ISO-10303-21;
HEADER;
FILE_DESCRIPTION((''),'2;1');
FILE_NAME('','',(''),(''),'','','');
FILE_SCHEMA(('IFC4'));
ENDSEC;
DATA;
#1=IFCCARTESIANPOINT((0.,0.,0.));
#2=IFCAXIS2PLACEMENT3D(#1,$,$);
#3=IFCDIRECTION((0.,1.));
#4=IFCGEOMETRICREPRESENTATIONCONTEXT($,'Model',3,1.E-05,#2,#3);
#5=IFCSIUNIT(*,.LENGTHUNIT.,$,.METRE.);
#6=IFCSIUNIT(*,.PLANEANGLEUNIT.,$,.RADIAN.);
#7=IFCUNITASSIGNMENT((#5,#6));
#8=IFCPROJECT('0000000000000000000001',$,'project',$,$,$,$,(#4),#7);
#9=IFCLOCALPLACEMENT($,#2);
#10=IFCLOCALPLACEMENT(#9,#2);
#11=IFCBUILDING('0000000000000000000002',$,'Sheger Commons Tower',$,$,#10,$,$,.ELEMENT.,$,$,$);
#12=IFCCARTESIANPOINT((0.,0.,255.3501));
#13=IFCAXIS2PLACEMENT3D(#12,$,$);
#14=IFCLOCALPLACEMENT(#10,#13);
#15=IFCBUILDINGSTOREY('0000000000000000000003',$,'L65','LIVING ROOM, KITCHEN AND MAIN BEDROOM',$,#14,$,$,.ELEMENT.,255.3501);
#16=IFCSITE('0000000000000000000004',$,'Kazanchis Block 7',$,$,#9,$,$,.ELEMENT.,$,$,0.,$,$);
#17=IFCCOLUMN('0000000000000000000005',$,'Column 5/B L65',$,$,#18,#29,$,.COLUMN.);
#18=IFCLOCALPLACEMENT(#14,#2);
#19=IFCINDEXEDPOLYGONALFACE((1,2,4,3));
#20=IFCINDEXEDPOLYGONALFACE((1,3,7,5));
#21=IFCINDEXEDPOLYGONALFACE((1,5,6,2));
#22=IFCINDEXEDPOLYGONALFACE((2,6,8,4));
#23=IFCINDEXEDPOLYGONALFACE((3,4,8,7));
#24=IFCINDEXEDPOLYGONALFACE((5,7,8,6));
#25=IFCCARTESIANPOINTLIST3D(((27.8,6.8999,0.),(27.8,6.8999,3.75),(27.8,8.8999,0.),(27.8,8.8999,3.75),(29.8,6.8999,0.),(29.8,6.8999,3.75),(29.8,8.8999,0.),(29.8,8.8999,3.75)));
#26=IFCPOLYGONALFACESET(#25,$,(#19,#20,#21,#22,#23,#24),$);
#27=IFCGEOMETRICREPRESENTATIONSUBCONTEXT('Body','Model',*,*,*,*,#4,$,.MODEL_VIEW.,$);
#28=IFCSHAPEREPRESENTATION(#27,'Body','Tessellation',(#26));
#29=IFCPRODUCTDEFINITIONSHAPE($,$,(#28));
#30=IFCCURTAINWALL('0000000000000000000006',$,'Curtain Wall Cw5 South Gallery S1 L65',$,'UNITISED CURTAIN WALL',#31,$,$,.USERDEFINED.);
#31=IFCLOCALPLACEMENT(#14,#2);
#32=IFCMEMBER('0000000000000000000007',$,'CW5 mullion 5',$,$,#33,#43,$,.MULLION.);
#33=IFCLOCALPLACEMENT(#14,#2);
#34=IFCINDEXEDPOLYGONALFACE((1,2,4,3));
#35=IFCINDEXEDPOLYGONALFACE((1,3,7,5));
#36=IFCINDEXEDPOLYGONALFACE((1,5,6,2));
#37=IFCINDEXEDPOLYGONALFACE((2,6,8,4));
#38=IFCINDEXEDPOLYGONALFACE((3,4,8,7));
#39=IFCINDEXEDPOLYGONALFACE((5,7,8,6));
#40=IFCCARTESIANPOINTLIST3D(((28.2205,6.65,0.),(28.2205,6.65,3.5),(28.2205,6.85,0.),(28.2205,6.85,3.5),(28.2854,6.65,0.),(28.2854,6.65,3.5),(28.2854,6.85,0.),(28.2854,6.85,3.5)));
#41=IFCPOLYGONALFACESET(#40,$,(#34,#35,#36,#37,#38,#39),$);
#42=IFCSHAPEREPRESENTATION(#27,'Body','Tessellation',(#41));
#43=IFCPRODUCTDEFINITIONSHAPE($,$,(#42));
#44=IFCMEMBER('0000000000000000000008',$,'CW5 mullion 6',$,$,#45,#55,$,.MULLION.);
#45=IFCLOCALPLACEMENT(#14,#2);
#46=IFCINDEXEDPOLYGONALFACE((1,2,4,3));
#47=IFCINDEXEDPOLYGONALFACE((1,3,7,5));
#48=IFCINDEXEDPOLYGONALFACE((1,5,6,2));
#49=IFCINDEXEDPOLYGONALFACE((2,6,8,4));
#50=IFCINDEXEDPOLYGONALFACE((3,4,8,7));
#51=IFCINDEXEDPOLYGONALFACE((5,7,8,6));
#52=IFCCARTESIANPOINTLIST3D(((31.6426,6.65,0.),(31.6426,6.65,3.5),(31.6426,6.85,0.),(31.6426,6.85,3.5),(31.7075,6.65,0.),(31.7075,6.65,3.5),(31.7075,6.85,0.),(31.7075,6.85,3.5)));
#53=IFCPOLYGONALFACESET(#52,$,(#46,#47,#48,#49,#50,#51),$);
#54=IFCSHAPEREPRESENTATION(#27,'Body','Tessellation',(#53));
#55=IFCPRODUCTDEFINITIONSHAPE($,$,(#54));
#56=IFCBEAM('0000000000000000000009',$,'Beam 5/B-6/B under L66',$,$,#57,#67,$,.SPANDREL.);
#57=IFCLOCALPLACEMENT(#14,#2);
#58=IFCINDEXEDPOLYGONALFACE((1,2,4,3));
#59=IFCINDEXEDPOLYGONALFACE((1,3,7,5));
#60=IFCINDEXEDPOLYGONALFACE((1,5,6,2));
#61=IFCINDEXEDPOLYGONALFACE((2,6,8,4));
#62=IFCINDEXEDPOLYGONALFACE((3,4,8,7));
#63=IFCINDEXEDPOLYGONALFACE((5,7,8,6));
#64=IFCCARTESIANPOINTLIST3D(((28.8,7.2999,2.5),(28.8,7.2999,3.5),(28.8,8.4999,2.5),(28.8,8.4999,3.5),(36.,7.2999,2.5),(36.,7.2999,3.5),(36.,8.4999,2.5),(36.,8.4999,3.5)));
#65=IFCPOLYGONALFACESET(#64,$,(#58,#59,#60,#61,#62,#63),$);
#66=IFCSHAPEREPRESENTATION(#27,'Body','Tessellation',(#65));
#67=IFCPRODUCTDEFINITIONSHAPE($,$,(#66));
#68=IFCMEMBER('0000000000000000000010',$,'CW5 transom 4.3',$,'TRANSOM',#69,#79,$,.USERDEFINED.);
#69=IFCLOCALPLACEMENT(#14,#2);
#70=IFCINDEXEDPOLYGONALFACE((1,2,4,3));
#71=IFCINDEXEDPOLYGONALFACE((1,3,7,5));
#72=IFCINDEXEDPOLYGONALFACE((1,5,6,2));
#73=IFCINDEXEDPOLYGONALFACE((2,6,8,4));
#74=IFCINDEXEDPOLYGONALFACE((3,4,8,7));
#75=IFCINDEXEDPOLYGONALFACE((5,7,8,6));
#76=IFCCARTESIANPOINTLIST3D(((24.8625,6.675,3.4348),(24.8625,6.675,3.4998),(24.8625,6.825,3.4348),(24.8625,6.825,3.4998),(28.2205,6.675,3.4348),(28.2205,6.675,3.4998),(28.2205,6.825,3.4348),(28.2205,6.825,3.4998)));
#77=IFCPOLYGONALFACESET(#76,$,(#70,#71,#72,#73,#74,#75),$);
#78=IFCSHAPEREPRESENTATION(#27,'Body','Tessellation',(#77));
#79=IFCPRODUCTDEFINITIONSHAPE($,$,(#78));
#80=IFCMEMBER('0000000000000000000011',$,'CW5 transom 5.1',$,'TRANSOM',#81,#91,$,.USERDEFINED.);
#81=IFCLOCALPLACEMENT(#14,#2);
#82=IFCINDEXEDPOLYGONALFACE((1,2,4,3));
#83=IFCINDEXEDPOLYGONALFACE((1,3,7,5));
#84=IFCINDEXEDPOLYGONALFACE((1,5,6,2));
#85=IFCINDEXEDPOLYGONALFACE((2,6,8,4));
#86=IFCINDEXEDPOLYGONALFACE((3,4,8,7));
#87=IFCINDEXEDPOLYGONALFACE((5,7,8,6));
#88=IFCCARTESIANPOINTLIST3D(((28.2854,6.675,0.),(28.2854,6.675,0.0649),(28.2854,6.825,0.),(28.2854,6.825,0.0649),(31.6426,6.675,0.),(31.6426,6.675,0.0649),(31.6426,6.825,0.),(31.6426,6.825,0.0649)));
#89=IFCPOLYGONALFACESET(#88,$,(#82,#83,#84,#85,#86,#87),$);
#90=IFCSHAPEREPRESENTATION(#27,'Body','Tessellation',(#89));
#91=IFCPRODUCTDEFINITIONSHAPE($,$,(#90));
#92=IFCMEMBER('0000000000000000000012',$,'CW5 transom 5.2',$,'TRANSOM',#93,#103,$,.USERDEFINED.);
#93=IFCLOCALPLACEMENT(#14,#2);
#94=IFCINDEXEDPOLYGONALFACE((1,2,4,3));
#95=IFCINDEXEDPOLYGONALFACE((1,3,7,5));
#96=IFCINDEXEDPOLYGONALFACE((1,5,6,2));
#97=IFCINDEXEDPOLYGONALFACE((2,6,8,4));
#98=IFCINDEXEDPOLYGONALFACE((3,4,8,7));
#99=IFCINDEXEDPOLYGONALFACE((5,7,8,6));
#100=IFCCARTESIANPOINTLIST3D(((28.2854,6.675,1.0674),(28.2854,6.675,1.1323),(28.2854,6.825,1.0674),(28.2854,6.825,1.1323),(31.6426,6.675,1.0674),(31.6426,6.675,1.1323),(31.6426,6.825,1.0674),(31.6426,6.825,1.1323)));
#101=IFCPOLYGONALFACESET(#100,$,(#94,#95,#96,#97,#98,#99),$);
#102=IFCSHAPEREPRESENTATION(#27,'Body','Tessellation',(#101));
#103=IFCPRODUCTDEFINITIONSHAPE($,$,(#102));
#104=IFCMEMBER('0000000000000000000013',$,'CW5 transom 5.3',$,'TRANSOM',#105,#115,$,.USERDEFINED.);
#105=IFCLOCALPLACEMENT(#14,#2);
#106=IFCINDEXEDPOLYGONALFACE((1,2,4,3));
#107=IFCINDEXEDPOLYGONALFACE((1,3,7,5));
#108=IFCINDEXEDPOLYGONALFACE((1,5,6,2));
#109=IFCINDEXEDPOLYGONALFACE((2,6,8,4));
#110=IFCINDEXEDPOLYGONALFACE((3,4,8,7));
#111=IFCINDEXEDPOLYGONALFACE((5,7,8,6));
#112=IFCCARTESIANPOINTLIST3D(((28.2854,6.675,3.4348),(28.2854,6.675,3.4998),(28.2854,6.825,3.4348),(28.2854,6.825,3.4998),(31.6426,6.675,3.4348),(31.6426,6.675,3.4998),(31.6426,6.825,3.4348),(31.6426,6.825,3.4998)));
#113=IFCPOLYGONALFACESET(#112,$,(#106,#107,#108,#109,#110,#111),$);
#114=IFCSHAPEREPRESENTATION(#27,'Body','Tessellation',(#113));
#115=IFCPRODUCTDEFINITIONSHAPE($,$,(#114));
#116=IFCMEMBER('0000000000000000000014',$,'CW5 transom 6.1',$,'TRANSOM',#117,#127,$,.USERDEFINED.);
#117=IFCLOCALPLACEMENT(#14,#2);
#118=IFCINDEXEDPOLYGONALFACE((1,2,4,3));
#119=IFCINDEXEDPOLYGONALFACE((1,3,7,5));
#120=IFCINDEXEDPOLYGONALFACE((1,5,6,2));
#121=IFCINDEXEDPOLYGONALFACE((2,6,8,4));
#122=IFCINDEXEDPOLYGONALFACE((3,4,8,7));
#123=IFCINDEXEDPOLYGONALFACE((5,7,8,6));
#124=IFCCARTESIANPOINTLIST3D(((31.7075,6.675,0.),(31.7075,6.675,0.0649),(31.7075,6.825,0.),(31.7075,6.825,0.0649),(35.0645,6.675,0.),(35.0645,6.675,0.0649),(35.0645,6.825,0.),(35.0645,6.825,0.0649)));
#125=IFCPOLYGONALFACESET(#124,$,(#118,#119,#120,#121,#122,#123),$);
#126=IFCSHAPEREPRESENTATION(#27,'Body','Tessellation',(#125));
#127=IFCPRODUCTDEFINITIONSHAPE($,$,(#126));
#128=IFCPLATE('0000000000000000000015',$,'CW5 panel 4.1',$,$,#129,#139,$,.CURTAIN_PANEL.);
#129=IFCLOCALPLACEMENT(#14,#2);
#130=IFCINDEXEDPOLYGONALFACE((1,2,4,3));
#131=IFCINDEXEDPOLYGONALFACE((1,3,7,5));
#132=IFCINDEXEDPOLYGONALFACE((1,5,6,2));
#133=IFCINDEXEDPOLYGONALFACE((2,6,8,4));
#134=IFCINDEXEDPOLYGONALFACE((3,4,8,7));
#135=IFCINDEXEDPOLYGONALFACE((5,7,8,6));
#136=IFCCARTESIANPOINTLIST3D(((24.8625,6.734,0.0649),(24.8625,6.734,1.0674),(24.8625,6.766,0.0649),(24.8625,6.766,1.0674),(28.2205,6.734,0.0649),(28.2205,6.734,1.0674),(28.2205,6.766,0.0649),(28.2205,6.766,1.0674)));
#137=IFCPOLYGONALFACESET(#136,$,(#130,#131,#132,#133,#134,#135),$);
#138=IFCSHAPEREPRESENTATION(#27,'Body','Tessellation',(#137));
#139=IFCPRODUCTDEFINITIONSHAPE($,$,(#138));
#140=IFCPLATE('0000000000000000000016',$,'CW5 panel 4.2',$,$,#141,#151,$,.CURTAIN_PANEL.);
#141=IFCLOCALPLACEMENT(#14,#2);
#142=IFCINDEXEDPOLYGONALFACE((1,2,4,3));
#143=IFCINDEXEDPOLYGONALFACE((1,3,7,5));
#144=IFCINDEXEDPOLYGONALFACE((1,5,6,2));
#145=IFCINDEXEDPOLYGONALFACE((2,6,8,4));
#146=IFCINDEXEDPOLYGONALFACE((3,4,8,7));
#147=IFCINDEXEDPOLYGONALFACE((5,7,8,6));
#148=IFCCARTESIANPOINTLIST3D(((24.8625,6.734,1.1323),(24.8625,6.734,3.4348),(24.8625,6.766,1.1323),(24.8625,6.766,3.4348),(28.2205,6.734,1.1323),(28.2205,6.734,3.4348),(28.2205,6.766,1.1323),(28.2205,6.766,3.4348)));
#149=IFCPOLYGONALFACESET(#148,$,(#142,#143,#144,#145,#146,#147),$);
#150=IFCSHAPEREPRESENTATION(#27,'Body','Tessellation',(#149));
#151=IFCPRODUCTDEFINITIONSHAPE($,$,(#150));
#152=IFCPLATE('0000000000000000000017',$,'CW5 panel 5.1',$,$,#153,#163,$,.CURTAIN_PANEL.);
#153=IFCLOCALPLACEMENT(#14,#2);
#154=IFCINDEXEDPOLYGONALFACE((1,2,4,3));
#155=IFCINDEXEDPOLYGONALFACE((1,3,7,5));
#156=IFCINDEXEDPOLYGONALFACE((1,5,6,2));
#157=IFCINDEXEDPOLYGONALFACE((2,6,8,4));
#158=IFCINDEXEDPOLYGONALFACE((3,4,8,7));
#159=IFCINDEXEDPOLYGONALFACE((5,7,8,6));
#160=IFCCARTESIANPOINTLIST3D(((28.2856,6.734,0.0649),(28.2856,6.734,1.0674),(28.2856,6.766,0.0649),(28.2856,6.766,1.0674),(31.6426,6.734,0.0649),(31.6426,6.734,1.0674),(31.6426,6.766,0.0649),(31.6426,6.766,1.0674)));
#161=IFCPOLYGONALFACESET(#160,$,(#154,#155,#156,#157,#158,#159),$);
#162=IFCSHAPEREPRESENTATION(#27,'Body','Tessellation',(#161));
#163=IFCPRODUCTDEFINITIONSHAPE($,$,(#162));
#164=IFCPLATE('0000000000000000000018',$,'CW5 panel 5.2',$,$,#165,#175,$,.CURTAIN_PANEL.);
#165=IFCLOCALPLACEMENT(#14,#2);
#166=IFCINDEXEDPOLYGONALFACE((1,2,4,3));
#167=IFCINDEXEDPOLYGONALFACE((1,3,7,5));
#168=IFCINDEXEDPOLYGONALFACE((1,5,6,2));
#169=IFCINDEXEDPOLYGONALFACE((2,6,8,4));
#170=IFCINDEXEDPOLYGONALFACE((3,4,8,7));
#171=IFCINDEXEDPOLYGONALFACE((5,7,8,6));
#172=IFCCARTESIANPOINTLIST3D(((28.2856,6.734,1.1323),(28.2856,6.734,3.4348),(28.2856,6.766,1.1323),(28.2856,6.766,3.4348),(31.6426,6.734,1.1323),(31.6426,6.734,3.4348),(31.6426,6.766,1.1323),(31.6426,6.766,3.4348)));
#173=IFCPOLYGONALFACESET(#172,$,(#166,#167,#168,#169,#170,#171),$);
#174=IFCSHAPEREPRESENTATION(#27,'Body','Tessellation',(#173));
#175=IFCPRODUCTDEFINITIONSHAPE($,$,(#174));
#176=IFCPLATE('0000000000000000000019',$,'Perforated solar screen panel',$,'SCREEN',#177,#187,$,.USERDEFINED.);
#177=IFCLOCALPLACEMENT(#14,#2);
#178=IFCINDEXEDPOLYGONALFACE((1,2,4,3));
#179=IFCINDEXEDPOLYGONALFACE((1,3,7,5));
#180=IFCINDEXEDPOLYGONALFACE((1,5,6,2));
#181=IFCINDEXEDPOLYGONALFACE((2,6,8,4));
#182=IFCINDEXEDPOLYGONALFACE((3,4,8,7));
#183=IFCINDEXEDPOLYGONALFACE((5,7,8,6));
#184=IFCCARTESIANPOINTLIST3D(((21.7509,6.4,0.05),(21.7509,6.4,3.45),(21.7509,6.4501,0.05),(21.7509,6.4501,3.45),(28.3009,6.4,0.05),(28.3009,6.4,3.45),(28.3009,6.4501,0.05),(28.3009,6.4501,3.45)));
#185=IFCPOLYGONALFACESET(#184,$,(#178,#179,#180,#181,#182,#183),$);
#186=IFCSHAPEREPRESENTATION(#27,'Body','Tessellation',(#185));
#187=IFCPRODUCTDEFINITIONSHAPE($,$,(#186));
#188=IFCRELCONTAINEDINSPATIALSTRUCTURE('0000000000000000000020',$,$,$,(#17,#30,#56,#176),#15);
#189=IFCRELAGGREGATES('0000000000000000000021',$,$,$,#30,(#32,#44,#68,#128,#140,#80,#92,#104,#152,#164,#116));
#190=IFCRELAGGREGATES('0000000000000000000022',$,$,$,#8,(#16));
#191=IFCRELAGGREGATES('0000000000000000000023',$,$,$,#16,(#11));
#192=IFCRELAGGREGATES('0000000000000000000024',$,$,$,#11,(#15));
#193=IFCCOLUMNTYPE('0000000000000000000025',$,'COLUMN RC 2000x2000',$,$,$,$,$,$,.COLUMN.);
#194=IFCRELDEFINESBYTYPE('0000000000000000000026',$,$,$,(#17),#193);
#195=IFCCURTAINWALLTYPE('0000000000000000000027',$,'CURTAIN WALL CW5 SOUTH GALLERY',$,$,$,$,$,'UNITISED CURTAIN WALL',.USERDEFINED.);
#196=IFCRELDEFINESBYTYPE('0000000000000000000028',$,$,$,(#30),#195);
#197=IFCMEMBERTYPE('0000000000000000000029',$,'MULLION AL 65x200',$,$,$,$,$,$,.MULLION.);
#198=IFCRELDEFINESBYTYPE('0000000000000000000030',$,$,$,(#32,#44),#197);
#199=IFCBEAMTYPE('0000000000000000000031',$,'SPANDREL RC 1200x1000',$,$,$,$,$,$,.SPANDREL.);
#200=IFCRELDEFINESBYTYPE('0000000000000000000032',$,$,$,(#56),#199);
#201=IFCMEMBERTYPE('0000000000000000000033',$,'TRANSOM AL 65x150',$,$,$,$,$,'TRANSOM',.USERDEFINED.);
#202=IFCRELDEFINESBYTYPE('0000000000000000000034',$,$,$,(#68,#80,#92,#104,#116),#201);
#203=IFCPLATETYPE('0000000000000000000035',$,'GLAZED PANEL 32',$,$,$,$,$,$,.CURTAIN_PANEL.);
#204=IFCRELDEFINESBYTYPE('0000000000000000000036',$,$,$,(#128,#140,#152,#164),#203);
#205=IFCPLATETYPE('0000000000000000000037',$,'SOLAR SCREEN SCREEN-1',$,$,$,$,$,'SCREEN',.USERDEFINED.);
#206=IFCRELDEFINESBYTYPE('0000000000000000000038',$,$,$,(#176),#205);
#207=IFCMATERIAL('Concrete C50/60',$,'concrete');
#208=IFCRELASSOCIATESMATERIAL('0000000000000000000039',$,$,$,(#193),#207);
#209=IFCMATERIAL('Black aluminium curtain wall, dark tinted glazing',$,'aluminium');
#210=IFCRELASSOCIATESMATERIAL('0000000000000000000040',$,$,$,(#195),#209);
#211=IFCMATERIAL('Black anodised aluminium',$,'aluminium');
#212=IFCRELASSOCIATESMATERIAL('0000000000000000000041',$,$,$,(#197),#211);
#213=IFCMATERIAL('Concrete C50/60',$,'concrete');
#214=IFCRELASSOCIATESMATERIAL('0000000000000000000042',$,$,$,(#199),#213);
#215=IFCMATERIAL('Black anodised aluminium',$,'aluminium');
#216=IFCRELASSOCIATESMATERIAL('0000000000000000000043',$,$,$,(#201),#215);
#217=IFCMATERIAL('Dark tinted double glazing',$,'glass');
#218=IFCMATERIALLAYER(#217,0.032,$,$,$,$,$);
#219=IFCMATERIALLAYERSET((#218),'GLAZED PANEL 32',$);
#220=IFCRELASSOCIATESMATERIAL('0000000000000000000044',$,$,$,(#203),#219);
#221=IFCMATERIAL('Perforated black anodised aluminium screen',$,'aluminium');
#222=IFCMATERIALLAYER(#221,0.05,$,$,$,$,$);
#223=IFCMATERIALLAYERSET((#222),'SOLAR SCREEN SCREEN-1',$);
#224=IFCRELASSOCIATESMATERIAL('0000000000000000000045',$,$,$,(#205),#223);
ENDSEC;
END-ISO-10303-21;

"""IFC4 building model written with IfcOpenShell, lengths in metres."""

from ifc_helpers import new_model, si_unit, direction, frame, origin, origin_2d, place, context, subcontext, project, spatial, rectangle, extrude, material, layer, layer_set, material_profile, profile_set, type_object, element, aggregate, save


model = new_model("IFC4")

# Units and contexts
model_context = context("Model", 3, precision=1e-05, world=origin(), true_north=direction((0.0, 1.0)))
body_context = subcontext(model_context, "Body", "Model", "MODEL_VIEW")
ifc_project = project(units=[si_unit("LENGTHUNIT", "METRE"), si_unit("PLANEANGLEUNIT", "RADIAN")], contexts=[model_context])

# Site, building, storey
site_placement = place(None, origin())
site = spatial("IfcSite", under=ifc_project, at=site_placement, Name="Kazanchis Block 7", CompositionType="ELEMENT", RefElevation=0.0)
building_placement = place(site_placement, origin())
building = spatial("IfcBuilding", under=site, at=building_placement, Name="Sheger Commons Tower", CompositionType="ELEMENT")
storey_placement = place(building_placement, frame((0.0, 0.0, 255.3501)))
storey = spatial("IfcBuildingStorey", under=building, at=storey_placement, Name="L65", Description="LIVING ROOM, KITCHEN AND MAIN BEDROOM", CompositionType="ELEMENT", Elevation=255.3501)

# Column
ifc_material_1 = material(Name="Concrete C50/60", Category="concrete")
ifc_material_profile_1 = material_profile(ifc_material_1, rectangle(XDim=2.0, YDim=2.0, at=origin_2d()), Name="RC 2000x2000")
ifc_profile_set_1 = profile_set([ifc_material_profile_1], Name="Concrete C50/60")
column_type = type_object("IfcColumnType", Name="COLUMN RC 2000x2000", PredefinedType="COLUMN", material=ifc_profile_set_1)
column_placement = place(storey_placement, frame((28.8, 7.8999, 0.0), z_axis=(0.0, 0.0, 1.0), x_axis=(1.0, 0.0, 0.0)))
element("IfcColumn", 1, at=column_placement, inside=storey, type_object=column_type, Name="Column 5/B L65", PredefinedType="COLUMN", context=body_context, shape_type="SweptSolid", body=[
    extrude(rectangle(XDim=2.0, YDim=2.0, at=origin_2d()), origin(), (0.0, 0.0, 1.0), 3.75),
])

# Curtain wall, members
ifc_material_2 = material(Name="Black aluminium curtain wall, dark tinted glazing", Category="aluminium")
curtain_wall_type = type_object("IfcCurtainWallType", Name="CURTAIN WALL CW5 SOUTH GALLERY", ElementType="UNITISED CURTAIN WALL", PredefinedType="USERDEFINED", material=ifc_material_2)
curtain_wall_placement = place(storey_placement, origin())
curtain_wall = element("IfcCurtainWall", 2, at=curtain_wall_placement, inside=storey, type_object=curtain_wall_type, Name="Curtain Wall Cw5 South Gallery S1 L65", ObjectType="UNITISED CURTAIN WALL", PredefinedType="USERDEFINED")
ifc_material_3 = material(Name="Black anodised aluminium", Category="aluminium")
ifc_material_profile_2 = material_profile(ifc_material_3, rectangle(XDim=0.2, YDim=0.0649, at=origin_2d()), Name="AL 65x200")
ifc_profile_set_2 = profile_set([ifc_material_profile_2], Name="Black anodised aluminium")
member_type_1 = type_object("IfcMemberType", Name="MULLION AL 65x200", PredefinedType="MULLION", material=ifc_profile_set_2)
member_1_placement = place(storey_placement, frame((28.2529, 6.75, 0.0), z_axis=(0.0, 0.0, 1.0), x_axis=(0.0, 1.0, 0.0)))
member_1 = element("IfcMember", 3, at=member_1_placement, type_object=member_type_1, Name="CW5 mullion 5", PredefinedType="MULLION", context=body_context, shape_type="SweptSolid", body=[
    extrude(rectangle(XDim=0.2, YDim=0.0649, at=origin_2d()), origin(), (0.0, 0.0, 1.0), 3.5),
])
member_2_placement = place(storey_placement, frame((31.675, 6.75, 0.0), z_axis=(0.0, 0.0, 1.0), x_axis=(0.0, 1.0, 0.0)))
member_2 = element("IfcMember", 4, at=member_2_placement, type_object=member_type_1, Name="CW5 mullion 6", PredefinedType="MULLION", context=body_context, shape_type="SweptSolid", body=[
    extrude(rectangle(XDim=0.2, YDim=0.0649, at=origin_2d()), origin(), (0.0, 0.0, 1.0), 3.5),
])

# Beam
ifc_material_4 = material(Name="Concrete C50/60", Category="concrete")
ifc_material_profile_3 = material_profile(ifc_material_4, rectangle(XDim=1.2, YDim=1.0, at=origin_2d()), Name="RC 1200x1000")
ifc_profile_set_3 = profile_set([ifc_material_profile_3], Name="Concrete C50/60")
beam_type = type_object("IfcBeamType", Name="SPANDREL RC 1200x1000", PredefinedType="SPANDREL", material=ifc_profile_set_3)
beam_placement = place(storey_placement, frame((28.8, 7.8999, 3.0), z_axis=(1.0, 0.0, 0.0), x_axis=(0.0, 1.0, 0.0)))
element("IfcBeam", 5, at=beam_placement, inside=storey, type_object=beam_type, Name="Beam 5/B-6/B under L66", PredefinedType="SPANDREL", context=body_context, shape_type="SweptSolid", body=[
    extrude(rectangle(XDim=1.2, YDim=1.0, at=origin_2d()), origin(), (0.0, 0.0, 1.0), 7.2),
])

# Members
ifc_material_5 = material(Name="Black anodised aluminium", Category="aluminium")
ifc_material_profile_4 = material_profile(ifc_material_5, rectangle(XDim=0.1499, YDim=0.0649, at=origin_2d()), Name="AL 65x150")
ifc_profile_set_4 = profile_set([ifc_material_profile_4], Name="Black anodised aluminium")
member_type_2 = type_object("IfcMemberType", Name="TRANSOM AL 65x150", ElementType="TRANSOM", PredefinedType="USERDEFINED", material=ifc_profile_set_4)
member_3_placement = place(storey_placement, frame((24.8625, 6.75, 3.4673), z_axis=(1.0, 0.0, 0.0), x_axis=(0.0, 1.0, 0.0)))
member_3 = element("IfcMember", 6, at=member_3_placement, type_object=member_type_2, Name="CW5 transom 4.3", ObjectType="TRANSOM", PredefinedType="USERDEFINED", context=body_context, shape_type="SweptSolid", body=[
    extrude(rectangle(XDim=0.1499, YDim=0.0649, at=origin_2d()), origin(), (0.0, 0.0, 1.0), 3.3579),
])
member_4_placement = place(storey_placement, frame((28.2854, 6.75, 0.0325), z_axis=(1.0, 0.0, 0.0), x_axis=(0.0, 1.0, 0.0)))
member_4 = element("IfcMember", 7, at=member_4_placement, type_object=member_type_2, Name="CW5 transom 5.1", ObjectType="TRANSOM", PredefinedType="USERDEFINED", context=body_context, shape_type="SweptSolid", body=[
    extrude(rectangle(XDim=0.1499, YDim=0.0649, at=origin_2d()), origin(), (0.0, 0.0, 1.0), 3.3572),
])
member_5_placement = place(storey_placement, frame((28.2854, 6.75, 1.0999), z_axis=(1.0, 0.0, 0.0), x_axis=(0.0, 1.0, 0.0)))
member_5 = element("IfcMember", 8, at=member_5_placement, type_object=member_type_2, Name="CW5 transom 5.2", ObjectType="TRANSOM", PredefinedType="USERDEFINED", context=body_context, shape_type="SweptSolid", body=[
    extrude(rectangle(XDim=0.1499, YDim=0.0649, at=origin_2d()), origin(), (0.0, 0.0, 1.0), 3.3572),
])
member_6_placement = place(storey_placement, frame((28.2854, 6.75, 3.4673), z_axis=(1.0, 0.0, 0.0), x_axis=(0.0, 1.0, 0.0)))
member_6 = element("IfcMember", 9, at=member_6_placement, type_object=member_type_2, Name="CW5 transom 5.3", ObjectType="TRANSOM", PredefinedType="USERDEFINED", context=body_context, shape_type="SweptSolid", body=[
    extrude(rectangle(XDim=0.1499, YDim=0.0649, at=origin_2d()), origin(), (0.0, 0.0, 1.0), 3.3572),
])
member_7_placement = place(storey_placement, frame((31.7075, 6.75, 0.0325), z_axis=(1.0, 0.0, 0.0), x_axis=(0.0, 1.0, 0.0)))
member_7 = element("IfcMember", 10, at=member_7_placement, type_object=member_type_2, Name="CW5 transom 6.1", ObjectType="TRANSOM", PredefinedType="USERDEFINED", context=body_context, shape_type="SweptSolid", body=[
    extrude(rectangle(XDim=0.1499, YDim=0.0649, at=origin_2d()), origin(), (0.0, 0.0, 1.0), 3.3569),
])

# Plates
ifc_material_6 = material(Name="Dark tinted double glazing", Category="glass")
ifc_layer_1 = layer(ifc_material_6, 0.032)
ifc_layer_set_1 = layer_set([ifc_layer_1], Name="GLAZED PANEL 32")
plate_type_1 = type_object("IfcPlateType", Name="GLAZED PANEL 32", PredefinedType="CURTAIN_PANEL", material=ifc_layer_set_1)
plate_1_placement = place(storey_placement, frame((26.5415, 6.75, 0.0649), z_axis=(0.0, 0.0, 1.0), x_axis=(1.0, 0.0, 0.0)))
plate_1 = element("IfcPlate", 11, at=plate_1_placement, type_object=plate_type_1, Name="CW5 panel 4.1", PredefinedType="CURTAIN_PANEL", context=body_context, shape_type="SweptSolid", body=[
    extrude(rectangle(XDim=3.3579, YDim=0.032, at=origin_2d()), origin(), (0.0, 0.0, 1.0), 1.0024),
])
plate_2_placement = place(storey_placement, frame((26.5415, 6.75, 1.1323), z_axis=(0.0, 0.0, 1.0), x_axis=(1.0, 0.0, 0.0)))
plate_2 = element("IfcPlate", 12, at=plate_2_placement, type_object=plate_type_1, Name="CW5 panel 4.2", PredefinedType="CURTAIN_PANEL", context=body_context, shape_type="SweptSolid", body=[
    extrude(rectangle(XDim=3.3579, YDim=0.032, at=origin_2d()), origin(), (0.0, 0.0, 1.0), 2.3025),
])
plate_3_placement = place(storey_placement, frame((29.9641, 6.75, 0.0649), z_axis=(0.0, 0.0, 1.0), x_axis=(1.0, 0.0, 0.0)))
plate_3 = element("IfcPlate", 13, at=plate_3_placement, type_object=plate_type_1, Name="CW5 panel 5.1", PredefinedType="CURTAIN_PANEL", context=body_context, shape_type="SweptSolid", body=[
    extrude(rectangle(XDim=3.3569, YDim=0.032, at=origin_2d()), origin(), (0.0, 0.0, 1.0), 1.0024),
])
plate_4_placement = place(storey_placement, frame((29.9641, 6.75, 1.1323), z_axis=(0.0, 0.0, 1.0), x_axis=(1.0, 0.0, 0.0)))
plate_4 = element("IfcPlate", 14, at=plate_4_placement, type_object=plate_type_1, Name="CW5 panel 5.2", PredefinedType="CURTAIN_PANEL", context=body_context, shape_type="SweptSolid", body=[
    extrude(rectangle(XDim=3.3569, YDim=0.032, at=origin_2d()), origin(), (0.0, 0.0, 1.0), 2.3025),
])
aggregate(curtain_wall, [member_1, member_2, member_3, plate_1, plate_2, member_4, member_5, member_6, plate_3, plate_4, member_7])

# Plate
ifc_material_7 = material(Name="Perforated black anodised aluminium screen", Category="aluminium")
ifc_layer_2 = layer(ifc_material_7, 0.05)
ifc_layer_set_2 = layer_set([ifc_layer_2], Name="SOLAR SCREEN SCREEN-1")
plate_type_2 = type_object("IfcPlateType", Name="SOLAR SCREEN SCREEN-1", ElementType="SCREEN", PredefinedType="USERDEFINED", material=ifc_layer_set_2)
for number, where, z_axis, x_axis, name in (
    (15, (25.0259, 6.425, 0.05), (0.0, 0.0, 1.0), (1.0, 0.0, 0.0), "Perforated solar screen panel"),
):
    element("IfcPlate", number, at=place(storey_placement, frame(where, z_axis=z_axis, x_axis=x_axis)), inside=storey, type_object=plate_type_2, Name=name, ObjectType="SCREEN", PredefinedType="USERDEFINED", context=body_context, shape_type="SweptSolid", body=[
        extrude(rectangle(XDim=6.55, YDim=0.05, at=origin_2d()), origin(), (0.0, 0.0, 1.0), 3.3999),
    ])

save(model, "model.ifc")
